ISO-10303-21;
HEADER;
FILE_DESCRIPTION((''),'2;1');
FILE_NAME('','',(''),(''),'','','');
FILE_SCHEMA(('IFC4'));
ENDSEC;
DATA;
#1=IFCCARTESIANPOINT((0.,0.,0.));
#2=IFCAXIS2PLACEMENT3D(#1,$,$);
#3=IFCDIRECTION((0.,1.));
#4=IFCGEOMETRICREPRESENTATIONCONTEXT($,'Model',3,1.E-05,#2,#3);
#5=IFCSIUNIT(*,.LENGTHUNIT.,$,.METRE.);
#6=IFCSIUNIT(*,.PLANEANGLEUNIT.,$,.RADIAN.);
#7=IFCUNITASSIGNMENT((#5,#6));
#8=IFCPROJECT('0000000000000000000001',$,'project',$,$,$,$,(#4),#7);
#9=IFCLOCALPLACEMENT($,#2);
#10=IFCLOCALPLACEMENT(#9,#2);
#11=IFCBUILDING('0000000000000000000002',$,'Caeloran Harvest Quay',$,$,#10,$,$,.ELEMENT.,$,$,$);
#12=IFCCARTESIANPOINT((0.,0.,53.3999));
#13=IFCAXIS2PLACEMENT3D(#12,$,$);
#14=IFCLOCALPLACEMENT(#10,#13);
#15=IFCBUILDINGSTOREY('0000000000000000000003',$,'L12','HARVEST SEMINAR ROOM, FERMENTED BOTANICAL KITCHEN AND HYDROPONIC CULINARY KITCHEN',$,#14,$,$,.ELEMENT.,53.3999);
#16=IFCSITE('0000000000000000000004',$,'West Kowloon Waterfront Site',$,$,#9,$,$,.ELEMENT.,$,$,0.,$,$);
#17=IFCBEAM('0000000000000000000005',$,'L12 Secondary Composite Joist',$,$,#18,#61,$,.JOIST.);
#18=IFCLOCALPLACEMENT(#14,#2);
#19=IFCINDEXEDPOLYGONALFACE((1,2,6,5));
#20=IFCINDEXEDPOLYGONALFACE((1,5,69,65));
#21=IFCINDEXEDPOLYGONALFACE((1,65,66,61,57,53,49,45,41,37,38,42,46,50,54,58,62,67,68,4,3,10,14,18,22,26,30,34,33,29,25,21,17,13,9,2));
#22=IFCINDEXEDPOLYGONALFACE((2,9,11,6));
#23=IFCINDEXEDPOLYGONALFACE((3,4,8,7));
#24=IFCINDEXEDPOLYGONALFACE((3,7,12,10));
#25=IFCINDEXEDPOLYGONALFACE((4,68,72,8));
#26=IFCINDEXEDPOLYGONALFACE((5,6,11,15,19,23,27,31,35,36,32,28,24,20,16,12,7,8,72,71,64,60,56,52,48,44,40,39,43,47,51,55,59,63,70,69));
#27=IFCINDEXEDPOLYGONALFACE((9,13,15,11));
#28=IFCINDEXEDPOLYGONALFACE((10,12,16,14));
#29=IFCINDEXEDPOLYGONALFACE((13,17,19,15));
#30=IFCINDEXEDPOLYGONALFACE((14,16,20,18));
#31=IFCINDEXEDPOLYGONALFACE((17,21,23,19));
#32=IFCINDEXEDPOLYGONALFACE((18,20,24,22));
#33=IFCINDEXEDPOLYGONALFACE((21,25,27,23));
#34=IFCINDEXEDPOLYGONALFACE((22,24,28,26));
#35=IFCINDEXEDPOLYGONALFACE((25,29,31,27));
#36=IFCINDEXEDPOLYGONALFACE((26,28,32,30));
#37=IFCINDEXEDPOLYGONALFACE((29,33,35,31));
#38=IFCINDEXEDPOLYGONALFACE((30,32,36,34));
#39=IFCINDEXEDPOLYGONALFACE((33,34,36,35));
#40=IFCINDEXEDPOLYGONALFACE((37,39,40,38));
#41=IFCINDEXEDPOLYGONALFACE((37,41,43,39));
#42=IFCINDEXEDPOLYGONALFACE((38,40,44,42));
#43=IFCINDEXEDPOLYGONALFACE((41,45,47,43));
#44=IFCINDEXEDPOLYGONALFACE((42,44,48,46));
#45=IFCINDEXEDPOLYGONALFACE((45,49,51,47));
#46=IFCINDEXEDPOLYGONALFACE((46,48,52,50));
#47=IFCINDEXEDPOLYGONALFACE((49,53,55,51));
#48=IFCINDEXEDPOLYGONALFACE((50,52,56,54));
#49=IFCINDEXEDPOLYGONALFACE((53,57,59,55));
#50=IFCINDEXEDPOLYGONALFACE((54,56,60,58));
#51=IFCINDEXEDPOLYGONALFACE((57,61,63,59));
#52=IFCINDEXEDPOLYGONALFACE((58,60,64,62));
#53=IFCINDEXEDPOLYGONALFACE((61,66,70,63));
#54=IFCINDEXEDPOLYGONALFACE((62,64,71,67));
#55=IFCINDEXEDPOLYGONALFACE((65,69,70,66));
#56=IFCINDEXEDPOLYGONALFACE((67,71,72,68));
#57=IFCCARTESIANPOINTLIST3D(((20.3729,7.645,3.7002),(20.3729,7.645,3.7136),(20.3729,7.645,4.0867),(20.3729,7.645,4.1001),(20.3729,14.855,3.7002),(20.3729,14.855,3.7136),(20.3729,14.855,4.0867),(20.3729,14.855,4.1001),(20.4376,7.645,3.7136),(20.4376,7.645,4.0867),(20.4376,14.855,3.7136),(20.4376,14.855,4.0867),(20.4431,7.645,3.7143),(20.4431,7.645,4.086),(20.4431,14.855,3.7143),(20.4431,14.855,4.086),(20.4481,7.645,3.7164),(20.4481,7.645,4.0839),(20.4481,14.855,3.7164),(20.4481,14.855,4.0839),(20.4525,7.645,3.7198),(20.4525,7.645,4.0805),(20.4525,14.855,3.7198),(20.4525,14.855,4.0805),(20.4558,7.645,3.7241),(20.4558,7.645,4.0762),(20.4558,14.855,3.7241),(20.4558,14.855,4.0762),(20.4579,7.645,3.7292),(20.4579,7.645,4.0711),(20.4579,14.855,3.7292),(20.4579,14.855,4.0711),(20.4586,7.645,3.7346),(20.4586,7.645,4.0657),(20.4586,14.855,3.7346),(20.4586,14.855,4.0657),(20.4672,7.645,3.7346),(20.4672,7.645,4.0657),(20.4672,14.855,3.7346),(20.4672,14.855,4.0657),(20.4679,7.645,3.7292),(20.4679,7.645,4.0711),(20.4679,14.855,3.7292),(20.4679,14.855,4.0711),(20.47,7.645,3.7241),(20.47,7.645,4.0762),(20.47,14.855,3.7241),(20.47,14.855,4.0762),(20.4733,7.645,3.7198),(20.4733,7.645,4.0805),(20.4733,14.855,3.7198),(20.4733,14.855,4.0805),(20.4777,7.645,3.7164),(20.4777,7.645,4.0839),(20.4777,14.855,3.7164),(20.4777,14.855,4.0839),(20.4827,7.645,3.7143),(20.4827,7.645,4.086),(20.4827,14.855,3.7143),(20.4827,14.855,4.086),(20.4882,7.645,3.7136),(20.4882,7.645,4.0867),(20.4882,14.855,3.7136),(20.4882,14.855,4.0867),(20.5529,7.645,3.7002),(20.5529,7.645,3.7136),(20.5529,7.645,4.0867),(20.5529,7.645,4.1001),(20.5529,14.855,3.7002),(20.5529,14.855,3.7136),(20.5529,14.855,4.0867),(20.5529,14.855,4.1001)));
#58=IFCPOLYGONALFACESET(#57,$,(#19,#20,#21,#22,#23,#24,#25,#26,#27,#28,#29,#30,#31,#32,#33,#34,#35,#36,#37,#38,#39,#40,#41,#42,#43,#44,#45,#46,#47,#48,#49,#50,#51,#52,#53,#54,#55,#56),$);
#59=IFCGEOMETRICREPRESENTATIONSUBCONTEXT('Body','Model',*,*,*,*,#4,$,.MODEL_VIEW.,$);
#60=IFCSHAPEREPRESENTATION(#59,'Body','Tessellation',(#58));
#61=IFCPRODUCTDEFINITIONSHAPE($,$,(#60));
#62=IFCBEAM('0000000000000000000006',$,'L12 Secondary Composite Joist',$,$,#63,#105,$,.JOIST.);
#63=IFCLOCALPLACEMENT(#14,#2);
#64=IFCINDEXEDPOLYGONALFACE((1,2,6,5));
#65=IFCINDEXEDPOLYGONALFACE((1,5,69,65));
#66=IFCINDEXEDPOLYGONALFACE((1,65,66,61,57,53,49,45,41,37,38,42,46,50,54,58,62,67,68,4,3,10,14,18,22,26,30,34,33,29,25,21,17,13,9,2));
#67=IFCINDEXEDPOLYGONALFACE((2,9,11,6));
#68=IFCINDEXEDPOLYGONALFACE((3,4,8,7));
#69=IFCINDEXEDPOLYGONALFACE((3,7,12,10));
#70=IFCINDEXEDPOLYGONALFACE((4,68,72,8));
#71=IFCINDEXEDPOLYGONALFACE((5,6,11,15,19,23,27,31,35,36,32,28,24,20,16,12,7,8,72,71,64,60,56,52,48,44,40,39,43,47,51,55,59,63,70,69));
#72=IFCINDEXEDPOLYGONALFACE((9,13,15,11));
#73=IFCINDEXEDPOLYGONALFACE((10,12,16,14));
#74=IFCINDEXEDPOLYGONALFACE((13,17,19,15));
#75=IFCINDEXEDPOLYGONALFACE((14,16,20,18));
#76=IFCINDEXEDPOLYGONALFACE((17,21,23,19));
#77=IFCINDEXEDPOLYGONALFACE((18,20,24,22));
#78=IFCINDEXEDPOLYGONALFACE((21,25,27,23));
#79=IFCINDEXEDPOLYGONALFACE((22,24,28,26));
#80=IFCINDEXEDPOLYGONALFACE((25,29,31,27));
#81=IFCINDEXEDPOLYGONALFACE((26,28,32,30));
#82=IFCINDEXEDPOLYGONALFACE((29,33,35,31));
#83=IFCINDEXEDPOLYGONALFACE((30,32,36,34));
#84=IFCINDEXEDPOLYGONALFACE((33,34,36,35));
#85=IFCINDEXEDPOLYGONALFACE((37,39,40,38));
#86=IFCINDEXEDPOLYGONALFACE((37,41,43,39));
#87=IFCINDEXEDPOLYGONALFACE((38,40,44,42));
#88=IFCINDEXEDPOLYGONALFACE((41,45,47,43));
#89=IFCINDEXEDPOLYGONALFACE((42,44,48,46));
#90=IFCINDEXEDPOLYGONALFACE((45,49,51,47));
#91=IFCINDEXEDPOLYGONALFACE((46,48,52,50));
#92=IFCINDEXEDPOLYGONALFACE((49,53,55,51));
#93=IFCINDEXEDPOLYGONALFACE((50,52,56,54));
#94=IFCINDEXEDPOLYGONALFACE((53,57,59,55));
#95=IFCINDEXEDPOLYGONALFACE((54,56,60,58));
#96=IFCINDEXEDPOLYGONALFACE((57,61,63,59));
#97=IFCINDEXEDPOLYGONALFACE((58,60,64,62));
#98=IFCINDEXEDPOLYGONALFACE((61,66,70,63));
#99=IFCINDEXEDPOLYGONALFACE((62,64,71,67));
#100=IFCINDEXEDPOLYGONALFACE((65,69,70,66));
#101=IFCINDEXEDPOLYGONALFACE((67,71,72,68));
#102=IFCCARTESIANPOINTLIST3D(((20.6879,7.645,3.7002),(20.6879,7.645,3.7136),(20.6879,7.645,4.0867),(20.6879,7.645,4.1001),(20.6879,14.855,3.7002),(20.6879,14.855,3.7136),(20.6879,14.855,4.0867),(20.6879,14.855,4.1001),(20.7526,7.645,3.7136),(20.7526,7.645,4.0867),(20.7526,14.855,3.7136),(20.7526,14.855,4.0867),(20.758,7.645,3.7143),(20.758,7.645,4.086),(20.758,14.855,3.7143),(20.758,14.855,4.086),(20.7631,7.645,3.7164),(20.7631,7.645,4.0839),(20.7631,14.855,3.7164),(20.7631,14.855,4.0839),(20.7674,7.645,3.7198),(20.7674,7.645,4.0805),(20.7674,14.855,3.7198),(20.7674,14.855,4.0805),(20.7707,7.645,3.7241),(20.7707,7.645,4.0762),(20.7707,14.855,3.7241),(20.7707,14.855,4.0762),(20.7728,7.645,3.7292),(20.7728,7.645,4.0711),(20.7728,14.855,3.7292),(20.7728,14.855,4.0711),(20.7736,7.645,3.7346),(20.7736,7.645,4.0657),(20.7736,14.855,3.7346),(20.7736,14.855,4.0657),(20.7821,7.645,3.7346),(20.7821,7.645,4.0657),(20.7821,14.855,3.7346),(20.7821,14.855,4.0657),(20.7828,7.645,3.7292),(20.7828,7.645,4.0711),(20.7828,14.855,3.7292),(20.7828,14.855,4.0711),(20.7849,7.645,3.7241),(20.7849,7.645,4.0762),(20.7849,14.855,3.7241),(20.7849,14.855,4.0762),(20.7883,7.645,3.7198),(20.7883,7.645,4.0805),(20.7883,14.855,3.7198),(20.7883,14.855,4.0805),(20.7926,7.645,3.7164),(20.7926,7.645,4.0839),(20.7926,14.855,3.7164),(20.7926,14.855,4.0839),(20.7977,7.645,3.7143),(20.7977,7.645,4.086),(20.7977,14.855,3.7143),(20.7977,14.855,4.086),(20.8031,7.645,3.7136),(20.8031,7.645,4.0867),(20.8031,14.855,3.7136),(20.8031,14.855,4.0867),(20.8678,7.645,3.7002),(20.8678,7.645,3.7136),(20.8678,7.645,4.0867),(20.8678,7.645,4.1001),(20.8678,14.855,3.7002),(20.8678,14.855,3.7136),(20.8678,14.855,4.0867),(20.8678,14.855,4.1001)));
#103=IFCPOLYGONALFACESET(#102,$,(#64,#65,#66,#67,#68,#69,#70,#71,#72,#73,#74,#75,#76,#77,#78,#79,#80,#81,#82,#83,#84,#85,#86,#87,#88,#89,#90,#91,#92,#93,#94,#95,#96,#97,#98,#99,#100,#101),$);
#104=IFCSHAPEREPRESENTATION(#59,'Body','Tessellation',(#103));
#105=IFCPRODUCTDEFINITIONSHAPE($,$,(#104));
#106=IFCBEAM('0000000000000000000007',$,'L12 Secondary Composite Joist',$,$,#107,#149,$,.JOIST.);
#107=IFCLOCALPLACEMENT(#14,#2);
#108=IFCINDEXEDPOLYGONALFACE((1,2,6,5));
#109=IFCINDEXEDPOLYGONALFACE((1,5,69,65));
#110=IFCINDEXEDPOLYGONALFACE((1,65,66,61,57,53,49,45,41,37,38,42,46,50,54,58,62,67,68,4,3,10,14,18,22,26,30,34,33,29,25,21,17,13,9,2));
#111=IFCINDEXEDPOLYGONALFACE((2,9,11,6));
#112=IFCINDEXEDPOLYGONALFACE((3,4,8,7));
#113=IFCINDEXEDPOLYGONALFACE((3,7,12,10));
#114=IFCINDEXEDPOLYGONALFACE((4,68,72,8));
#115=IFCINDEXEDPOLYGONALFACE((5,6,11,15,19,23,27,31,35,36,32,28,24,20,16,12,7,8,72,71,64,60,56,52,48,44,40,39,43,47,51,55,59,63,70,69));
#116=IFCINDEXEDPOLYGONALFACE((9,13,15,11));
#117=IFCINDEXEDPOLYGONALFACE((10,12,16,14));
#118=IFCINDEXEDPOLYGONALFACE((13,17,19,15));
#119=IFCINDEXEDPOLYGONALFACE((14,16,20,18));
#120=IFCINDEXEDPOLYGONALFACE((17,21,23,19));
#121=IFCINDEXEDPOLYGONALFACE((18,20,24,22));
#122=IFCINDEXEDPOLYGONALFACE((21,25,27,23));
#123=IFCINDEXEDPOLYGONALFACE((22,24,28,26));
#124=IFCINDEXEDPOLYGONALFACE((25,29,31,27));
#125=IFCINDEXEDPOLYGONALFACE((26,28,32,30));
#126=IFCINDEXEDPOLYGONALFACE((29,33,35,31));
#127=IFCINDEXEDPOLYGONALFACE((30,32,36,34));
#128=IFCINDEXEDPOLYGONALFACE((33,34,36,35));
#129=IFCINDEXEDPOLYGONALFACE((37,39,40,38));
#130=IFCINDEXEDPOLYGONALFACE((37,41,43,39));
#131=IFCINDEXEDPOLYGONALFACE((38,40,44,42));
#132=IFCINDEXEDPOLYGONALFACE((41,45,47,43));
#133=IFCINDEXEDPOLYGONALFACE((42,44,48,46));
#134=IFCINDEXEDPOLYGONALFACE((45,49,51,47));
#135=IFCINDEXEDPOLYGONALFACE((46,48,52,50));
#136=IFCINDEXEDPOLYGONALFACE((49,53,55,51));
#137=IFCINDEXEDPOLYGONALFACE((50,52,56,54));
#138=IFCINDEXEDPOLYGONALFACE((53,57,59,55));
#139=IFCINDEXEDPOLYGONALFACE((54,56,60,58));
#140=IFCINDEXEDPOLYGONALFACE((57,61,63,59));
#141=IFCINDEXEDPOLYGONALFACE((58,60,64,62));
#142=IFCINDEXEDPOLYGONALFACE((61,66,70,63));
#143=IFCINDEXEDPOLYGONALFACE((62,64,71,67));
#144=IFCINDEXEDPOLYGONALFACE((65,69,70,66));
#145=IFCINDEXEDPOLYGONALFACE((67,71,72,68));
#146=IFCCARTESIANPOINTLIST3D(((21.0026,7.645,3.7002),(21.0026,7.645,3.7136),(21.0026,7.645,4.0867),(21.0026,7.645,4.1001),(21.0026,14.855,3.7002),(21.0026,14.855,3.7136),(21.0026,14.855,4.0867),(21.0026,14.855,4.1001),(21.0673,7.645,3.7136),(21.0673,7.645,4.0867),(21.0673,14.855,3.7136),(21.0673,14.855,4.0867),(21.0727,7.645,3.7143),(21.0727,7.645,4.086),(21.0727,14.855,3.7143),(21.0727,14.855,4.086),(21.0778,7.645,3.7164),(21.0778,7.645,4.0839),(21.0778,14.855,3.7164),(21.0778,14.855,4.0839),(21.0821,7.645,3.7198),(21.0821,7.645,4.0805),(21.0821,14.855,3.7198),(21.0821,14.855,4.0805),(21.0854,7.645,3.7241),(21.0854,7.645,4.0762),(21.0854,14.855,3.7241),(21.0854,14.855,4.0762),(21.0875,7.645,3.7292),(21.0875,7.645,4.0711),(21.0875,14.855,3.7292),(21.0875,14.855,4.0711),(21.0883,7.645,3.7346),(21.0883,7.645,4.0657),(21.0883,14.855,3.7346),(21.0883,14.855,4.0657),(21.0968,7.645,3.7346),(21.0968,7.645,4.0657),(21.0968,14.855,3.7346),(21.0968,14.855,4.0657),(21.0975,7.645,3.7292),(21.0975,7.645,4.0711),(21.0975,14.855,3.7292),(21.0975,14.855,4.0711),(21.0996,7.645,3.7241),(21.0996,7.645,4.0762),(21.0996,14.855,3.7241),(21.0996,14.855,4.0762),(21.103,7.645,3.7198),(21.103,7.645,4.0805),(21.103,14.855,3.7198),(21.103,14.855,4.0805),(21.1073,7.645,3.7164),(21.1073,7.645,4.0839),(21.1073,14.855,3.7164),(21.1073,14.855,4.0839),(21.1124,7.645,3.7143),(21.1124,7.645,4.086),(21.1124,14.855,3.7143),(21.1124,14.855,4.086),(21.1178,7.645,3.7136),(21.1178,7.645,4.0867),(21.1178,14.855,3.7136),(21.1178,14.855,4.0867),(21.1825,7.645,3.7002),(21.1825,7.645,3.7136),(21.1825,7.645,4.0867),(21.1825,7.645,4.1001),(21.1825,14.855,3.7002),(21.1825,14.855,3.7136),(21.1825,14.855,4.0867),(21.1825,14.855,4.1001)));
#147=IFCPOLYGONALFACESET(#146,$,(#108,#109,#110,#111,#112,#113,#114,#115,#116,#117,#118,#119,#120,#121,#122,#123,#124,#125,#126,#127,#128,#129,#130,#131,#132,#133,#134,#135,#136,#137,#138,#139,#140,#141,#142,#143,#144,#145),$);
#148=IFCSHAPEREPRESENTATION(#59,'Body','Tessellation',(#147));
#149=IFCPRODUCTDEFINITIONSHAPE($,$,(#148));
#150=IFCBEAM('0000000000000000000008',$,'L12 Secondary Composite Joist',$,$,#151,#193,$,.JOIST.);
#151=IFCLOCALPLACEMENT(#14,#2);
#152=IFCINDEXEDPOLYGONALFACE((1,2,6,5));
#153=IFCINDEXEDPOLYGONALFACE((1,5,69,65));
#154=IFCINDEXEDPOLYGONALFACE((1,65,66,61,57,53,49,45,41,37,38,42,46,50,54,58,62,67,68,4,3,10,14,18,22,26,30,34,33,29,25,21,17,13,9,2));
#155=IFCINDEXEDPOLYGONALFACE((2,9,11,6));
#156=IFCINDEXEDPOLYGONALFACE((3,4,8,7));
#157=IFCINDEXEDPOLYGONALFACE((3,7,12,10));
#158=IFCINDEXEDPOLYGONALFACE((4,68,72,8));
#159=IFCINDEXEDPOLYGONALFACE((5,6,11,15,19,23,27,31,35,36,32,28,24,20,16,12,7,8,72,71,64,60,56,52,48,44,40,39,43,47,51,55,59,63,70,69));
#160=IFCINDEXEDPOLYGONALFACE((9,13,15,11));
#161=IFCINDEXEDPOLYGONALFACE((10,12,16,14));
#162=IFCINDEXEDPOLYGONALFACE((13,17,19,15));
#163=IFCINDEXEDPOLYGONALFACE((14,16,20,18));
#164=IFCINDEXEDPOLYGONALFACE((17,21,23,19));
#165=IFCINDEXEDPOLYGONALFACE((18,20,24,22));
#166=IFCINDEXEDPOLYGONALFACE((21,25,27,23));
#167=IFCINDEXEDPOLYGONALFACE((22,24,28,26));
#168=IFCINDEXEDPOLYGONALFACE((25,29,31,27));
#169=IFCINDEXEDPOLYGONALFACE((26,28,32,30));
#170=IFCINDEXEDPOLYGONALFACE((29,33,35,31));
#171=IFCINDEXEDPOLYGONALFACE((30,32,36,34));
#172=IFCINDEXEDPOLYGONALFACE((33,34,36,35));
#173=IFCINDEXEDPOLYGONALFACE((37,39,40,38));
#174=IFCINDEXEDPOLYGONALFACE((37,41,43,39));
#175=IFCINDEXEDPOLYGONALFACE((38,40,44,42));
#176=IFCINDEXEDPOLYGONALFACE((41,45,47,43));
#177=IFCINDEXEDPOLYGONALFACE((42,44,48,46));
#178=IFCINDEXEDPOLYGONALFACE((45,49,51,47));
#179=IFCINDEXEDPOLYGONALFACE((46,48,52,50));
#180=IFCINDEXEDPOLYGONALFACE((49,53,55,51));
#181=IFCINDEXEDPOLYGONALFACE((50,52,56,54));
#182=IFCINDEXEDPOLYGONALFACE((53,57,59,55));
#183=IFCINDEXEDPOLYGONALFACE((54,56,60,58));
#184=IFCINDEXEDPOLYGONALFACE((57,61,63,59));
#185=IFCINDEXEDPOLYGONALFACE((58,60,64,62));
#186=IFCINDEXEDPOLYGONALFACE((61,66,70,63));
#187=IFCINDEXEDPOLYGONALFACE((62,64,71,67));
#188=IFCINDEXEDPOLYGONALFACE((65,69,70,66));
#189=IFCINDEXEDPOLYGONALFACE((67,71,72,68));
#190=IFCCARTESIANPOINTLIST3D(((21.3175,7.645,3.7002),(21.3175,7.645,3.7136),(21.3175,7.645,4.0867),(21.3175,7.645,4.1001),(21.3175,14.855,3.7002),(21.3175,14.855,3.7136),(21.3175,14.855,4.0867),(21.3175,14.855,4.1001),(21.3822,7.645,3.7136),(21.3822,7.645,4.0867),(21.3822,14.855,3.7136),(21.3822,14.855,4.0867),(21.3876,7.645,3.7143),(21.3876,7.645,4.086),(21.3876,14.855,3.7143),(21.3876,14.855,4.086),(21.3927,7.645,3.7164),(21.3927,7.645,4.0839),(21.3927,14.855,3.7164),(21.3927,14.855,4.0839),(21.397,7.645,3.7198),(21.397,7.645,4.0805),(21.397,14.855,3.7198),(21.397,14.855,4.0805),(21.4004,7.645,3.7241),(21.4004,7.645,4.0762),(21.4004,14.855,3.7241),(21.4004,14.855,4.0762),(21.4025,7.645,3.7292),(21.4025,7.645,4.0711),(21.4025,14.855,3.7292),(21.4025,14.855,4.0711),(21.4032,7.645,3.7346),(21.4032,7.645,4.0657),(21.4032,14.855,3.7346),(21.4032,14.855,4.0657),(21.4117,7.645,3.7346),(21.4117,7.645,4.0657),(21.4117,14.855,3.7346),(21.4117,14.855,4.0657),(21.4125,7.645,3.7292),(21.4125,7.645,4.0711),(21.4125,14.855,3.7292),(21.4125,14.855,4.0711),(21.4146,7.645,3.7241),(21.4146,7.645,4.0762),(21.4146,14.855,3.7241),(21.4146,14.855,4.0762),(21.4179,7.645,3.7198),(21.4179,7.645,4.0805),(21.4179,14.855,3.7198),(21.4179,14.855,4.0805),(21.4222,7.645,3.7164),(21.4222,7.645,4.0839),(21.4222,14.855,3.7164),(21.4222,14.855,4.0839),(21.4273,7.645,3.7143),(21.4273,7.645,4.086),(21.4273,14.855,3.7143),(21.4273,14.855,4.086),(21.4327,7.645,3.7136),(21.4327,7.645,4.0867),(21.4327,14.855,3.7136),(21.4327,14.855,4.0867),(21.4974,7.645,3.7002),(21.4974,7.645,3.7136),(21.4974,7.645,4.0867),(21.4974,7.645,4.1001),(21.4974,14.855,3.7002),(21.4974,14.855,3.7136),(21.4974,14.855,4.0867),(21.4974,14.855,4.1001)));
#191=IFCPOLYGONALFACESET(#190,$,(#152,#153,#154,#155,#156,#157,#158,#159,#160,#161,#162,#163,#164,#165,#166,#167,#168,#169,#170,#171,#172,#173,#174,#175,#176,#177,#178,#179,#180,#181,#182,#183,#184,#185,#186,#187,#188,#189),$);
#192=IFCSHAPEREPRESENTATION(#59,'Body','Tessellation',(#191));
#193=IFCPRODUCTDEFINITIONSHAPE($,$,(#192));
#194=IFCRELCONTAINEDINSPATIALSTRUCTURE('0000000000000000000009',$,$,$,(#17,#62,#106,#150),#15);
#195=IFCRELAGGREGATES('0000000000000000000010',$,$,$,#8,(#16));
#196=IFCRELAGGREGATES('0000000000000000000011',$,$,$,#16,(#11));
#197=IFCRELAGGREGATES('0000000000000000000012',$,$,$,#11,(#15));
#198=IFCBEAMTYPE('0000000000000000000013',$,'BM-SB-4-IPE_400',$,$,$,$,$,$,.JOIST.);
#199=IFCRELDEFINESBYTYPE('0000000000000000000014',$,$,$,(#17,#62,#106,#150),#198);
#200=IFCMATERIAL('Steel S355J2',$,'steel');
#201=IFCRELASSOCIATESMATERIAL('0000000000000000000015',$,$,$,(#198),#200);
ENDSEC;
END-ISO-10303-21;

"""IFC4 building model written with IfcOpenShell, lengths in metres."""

from ifc_helpers import new_model, si_unit, direction, frame, origin, origin_2d, place, context, subcontext, project, spatial, i_section, extrude, material, material_profile, profile_set, type_object, element, save


model = new_model("IFC4")

# Units and contexts
model_context = context("Model", 3, precision=1e-05, world=origin(), true_north=direction((0.0, 1.0)))
body_context = subcontext(model_context, "Body", "Model", "MODEL_VIEW")
ifc_project = project(units=[si_unit("LENGTHUNIT", "METRE"), si_unit("PLANEANGLEUNIT", "RADIAN")], contexts=[model_context])

# Site, building, storey
site_placement = place(None, origin())
site = spatial("IfcSite", under=ifc_project, at=site_placement, Name="West Kowloon Waterfront Site", CompositionType="ELEMENT", RefElevation=0.0)
building_placement = place(site_placement, origin())
building = spatial("IfcBuilding", under=site, at=building_placement, Name="Caeloran Harvest Quay", CompositionType="ELEMENT")
storey_placement = place(building_placement, frame((0.0, 0.0, 53.3999)))
storey = spatial("IfcBuildingStorey", under=building, at=storey_placement, Name="L12", Description="HARVEST SEMINAR ROOM, FERMENTED BOTANICAL KITCHEN AND HYDROPONIC CULINARY KITCHEN", CompositionType="ELEMENT", Elevation=53.3999)

# Beams
ifc_material = material(Name="Steel S355J2", Category="steel")
ifc_material_profile_1 = material_profile(ifc_material, i_section(OverallWidth=0.1799, OverallDepth=0.3999, WebThickness=0.0085, FlangeThickness=0.0134, FilletRadius=0.021, at=origin_2d()), Name="IPE 400")
ifc_profile_set_1 = profile_set([ifc_material_profile_1], Name="Steel S355J2")
beam_type_1 = type_object("IfcBeamType", Name="BM-SB-4-IPE_400", PredefinedType="JOIST", material=ifc_profile_set_1)
for number, where, z_axis, x_axis, name in (
    (1, (20.4629, 7.645, 3.9001), (0.0, 1.0, 0.0), (-1.0, 0.0, 0.0), "L12 Secondary Composite Joist"),
    (2, (20.7778, 7.645, 3.9001), (0.0, 1.0, 0.0), (-1.0, 0.0, 0.0), "L12 Secondary Composite Joist"),
    (3, (21.0925, 7.645, 3.9001), (0.0, 1.0, 0.0), (-1.0, 0.0, 0.0), "L12 Secondary Composite Joist"),
    (4, (21.4075, 7.645, 3.9001), (0.0, 1.0, 0.0), (-1.0, 0.0, 0.0), "L12 Secondary Composite Joist"),
):
    element("IfcBeam", number, at=place(storey_placement, frame(where, z_axis=z_axis, x_axis=x_axis)), inside=storey, type_object=beam_type_1, Name=name, PredefinedType="JOIST", context=body_context, shape_type="SweptSolid", body=[
        extrude(i_section(OverallWidth=0.1799, OverallDepth=0.3999, WebThickness=0.0085, FlangeThickness=0.0134, FilletRadius=0.021, at=origin_2d()), origin(), (0.0, 0.0, 1.0), 7.21),
    ])

save(model, "model.ifc")
